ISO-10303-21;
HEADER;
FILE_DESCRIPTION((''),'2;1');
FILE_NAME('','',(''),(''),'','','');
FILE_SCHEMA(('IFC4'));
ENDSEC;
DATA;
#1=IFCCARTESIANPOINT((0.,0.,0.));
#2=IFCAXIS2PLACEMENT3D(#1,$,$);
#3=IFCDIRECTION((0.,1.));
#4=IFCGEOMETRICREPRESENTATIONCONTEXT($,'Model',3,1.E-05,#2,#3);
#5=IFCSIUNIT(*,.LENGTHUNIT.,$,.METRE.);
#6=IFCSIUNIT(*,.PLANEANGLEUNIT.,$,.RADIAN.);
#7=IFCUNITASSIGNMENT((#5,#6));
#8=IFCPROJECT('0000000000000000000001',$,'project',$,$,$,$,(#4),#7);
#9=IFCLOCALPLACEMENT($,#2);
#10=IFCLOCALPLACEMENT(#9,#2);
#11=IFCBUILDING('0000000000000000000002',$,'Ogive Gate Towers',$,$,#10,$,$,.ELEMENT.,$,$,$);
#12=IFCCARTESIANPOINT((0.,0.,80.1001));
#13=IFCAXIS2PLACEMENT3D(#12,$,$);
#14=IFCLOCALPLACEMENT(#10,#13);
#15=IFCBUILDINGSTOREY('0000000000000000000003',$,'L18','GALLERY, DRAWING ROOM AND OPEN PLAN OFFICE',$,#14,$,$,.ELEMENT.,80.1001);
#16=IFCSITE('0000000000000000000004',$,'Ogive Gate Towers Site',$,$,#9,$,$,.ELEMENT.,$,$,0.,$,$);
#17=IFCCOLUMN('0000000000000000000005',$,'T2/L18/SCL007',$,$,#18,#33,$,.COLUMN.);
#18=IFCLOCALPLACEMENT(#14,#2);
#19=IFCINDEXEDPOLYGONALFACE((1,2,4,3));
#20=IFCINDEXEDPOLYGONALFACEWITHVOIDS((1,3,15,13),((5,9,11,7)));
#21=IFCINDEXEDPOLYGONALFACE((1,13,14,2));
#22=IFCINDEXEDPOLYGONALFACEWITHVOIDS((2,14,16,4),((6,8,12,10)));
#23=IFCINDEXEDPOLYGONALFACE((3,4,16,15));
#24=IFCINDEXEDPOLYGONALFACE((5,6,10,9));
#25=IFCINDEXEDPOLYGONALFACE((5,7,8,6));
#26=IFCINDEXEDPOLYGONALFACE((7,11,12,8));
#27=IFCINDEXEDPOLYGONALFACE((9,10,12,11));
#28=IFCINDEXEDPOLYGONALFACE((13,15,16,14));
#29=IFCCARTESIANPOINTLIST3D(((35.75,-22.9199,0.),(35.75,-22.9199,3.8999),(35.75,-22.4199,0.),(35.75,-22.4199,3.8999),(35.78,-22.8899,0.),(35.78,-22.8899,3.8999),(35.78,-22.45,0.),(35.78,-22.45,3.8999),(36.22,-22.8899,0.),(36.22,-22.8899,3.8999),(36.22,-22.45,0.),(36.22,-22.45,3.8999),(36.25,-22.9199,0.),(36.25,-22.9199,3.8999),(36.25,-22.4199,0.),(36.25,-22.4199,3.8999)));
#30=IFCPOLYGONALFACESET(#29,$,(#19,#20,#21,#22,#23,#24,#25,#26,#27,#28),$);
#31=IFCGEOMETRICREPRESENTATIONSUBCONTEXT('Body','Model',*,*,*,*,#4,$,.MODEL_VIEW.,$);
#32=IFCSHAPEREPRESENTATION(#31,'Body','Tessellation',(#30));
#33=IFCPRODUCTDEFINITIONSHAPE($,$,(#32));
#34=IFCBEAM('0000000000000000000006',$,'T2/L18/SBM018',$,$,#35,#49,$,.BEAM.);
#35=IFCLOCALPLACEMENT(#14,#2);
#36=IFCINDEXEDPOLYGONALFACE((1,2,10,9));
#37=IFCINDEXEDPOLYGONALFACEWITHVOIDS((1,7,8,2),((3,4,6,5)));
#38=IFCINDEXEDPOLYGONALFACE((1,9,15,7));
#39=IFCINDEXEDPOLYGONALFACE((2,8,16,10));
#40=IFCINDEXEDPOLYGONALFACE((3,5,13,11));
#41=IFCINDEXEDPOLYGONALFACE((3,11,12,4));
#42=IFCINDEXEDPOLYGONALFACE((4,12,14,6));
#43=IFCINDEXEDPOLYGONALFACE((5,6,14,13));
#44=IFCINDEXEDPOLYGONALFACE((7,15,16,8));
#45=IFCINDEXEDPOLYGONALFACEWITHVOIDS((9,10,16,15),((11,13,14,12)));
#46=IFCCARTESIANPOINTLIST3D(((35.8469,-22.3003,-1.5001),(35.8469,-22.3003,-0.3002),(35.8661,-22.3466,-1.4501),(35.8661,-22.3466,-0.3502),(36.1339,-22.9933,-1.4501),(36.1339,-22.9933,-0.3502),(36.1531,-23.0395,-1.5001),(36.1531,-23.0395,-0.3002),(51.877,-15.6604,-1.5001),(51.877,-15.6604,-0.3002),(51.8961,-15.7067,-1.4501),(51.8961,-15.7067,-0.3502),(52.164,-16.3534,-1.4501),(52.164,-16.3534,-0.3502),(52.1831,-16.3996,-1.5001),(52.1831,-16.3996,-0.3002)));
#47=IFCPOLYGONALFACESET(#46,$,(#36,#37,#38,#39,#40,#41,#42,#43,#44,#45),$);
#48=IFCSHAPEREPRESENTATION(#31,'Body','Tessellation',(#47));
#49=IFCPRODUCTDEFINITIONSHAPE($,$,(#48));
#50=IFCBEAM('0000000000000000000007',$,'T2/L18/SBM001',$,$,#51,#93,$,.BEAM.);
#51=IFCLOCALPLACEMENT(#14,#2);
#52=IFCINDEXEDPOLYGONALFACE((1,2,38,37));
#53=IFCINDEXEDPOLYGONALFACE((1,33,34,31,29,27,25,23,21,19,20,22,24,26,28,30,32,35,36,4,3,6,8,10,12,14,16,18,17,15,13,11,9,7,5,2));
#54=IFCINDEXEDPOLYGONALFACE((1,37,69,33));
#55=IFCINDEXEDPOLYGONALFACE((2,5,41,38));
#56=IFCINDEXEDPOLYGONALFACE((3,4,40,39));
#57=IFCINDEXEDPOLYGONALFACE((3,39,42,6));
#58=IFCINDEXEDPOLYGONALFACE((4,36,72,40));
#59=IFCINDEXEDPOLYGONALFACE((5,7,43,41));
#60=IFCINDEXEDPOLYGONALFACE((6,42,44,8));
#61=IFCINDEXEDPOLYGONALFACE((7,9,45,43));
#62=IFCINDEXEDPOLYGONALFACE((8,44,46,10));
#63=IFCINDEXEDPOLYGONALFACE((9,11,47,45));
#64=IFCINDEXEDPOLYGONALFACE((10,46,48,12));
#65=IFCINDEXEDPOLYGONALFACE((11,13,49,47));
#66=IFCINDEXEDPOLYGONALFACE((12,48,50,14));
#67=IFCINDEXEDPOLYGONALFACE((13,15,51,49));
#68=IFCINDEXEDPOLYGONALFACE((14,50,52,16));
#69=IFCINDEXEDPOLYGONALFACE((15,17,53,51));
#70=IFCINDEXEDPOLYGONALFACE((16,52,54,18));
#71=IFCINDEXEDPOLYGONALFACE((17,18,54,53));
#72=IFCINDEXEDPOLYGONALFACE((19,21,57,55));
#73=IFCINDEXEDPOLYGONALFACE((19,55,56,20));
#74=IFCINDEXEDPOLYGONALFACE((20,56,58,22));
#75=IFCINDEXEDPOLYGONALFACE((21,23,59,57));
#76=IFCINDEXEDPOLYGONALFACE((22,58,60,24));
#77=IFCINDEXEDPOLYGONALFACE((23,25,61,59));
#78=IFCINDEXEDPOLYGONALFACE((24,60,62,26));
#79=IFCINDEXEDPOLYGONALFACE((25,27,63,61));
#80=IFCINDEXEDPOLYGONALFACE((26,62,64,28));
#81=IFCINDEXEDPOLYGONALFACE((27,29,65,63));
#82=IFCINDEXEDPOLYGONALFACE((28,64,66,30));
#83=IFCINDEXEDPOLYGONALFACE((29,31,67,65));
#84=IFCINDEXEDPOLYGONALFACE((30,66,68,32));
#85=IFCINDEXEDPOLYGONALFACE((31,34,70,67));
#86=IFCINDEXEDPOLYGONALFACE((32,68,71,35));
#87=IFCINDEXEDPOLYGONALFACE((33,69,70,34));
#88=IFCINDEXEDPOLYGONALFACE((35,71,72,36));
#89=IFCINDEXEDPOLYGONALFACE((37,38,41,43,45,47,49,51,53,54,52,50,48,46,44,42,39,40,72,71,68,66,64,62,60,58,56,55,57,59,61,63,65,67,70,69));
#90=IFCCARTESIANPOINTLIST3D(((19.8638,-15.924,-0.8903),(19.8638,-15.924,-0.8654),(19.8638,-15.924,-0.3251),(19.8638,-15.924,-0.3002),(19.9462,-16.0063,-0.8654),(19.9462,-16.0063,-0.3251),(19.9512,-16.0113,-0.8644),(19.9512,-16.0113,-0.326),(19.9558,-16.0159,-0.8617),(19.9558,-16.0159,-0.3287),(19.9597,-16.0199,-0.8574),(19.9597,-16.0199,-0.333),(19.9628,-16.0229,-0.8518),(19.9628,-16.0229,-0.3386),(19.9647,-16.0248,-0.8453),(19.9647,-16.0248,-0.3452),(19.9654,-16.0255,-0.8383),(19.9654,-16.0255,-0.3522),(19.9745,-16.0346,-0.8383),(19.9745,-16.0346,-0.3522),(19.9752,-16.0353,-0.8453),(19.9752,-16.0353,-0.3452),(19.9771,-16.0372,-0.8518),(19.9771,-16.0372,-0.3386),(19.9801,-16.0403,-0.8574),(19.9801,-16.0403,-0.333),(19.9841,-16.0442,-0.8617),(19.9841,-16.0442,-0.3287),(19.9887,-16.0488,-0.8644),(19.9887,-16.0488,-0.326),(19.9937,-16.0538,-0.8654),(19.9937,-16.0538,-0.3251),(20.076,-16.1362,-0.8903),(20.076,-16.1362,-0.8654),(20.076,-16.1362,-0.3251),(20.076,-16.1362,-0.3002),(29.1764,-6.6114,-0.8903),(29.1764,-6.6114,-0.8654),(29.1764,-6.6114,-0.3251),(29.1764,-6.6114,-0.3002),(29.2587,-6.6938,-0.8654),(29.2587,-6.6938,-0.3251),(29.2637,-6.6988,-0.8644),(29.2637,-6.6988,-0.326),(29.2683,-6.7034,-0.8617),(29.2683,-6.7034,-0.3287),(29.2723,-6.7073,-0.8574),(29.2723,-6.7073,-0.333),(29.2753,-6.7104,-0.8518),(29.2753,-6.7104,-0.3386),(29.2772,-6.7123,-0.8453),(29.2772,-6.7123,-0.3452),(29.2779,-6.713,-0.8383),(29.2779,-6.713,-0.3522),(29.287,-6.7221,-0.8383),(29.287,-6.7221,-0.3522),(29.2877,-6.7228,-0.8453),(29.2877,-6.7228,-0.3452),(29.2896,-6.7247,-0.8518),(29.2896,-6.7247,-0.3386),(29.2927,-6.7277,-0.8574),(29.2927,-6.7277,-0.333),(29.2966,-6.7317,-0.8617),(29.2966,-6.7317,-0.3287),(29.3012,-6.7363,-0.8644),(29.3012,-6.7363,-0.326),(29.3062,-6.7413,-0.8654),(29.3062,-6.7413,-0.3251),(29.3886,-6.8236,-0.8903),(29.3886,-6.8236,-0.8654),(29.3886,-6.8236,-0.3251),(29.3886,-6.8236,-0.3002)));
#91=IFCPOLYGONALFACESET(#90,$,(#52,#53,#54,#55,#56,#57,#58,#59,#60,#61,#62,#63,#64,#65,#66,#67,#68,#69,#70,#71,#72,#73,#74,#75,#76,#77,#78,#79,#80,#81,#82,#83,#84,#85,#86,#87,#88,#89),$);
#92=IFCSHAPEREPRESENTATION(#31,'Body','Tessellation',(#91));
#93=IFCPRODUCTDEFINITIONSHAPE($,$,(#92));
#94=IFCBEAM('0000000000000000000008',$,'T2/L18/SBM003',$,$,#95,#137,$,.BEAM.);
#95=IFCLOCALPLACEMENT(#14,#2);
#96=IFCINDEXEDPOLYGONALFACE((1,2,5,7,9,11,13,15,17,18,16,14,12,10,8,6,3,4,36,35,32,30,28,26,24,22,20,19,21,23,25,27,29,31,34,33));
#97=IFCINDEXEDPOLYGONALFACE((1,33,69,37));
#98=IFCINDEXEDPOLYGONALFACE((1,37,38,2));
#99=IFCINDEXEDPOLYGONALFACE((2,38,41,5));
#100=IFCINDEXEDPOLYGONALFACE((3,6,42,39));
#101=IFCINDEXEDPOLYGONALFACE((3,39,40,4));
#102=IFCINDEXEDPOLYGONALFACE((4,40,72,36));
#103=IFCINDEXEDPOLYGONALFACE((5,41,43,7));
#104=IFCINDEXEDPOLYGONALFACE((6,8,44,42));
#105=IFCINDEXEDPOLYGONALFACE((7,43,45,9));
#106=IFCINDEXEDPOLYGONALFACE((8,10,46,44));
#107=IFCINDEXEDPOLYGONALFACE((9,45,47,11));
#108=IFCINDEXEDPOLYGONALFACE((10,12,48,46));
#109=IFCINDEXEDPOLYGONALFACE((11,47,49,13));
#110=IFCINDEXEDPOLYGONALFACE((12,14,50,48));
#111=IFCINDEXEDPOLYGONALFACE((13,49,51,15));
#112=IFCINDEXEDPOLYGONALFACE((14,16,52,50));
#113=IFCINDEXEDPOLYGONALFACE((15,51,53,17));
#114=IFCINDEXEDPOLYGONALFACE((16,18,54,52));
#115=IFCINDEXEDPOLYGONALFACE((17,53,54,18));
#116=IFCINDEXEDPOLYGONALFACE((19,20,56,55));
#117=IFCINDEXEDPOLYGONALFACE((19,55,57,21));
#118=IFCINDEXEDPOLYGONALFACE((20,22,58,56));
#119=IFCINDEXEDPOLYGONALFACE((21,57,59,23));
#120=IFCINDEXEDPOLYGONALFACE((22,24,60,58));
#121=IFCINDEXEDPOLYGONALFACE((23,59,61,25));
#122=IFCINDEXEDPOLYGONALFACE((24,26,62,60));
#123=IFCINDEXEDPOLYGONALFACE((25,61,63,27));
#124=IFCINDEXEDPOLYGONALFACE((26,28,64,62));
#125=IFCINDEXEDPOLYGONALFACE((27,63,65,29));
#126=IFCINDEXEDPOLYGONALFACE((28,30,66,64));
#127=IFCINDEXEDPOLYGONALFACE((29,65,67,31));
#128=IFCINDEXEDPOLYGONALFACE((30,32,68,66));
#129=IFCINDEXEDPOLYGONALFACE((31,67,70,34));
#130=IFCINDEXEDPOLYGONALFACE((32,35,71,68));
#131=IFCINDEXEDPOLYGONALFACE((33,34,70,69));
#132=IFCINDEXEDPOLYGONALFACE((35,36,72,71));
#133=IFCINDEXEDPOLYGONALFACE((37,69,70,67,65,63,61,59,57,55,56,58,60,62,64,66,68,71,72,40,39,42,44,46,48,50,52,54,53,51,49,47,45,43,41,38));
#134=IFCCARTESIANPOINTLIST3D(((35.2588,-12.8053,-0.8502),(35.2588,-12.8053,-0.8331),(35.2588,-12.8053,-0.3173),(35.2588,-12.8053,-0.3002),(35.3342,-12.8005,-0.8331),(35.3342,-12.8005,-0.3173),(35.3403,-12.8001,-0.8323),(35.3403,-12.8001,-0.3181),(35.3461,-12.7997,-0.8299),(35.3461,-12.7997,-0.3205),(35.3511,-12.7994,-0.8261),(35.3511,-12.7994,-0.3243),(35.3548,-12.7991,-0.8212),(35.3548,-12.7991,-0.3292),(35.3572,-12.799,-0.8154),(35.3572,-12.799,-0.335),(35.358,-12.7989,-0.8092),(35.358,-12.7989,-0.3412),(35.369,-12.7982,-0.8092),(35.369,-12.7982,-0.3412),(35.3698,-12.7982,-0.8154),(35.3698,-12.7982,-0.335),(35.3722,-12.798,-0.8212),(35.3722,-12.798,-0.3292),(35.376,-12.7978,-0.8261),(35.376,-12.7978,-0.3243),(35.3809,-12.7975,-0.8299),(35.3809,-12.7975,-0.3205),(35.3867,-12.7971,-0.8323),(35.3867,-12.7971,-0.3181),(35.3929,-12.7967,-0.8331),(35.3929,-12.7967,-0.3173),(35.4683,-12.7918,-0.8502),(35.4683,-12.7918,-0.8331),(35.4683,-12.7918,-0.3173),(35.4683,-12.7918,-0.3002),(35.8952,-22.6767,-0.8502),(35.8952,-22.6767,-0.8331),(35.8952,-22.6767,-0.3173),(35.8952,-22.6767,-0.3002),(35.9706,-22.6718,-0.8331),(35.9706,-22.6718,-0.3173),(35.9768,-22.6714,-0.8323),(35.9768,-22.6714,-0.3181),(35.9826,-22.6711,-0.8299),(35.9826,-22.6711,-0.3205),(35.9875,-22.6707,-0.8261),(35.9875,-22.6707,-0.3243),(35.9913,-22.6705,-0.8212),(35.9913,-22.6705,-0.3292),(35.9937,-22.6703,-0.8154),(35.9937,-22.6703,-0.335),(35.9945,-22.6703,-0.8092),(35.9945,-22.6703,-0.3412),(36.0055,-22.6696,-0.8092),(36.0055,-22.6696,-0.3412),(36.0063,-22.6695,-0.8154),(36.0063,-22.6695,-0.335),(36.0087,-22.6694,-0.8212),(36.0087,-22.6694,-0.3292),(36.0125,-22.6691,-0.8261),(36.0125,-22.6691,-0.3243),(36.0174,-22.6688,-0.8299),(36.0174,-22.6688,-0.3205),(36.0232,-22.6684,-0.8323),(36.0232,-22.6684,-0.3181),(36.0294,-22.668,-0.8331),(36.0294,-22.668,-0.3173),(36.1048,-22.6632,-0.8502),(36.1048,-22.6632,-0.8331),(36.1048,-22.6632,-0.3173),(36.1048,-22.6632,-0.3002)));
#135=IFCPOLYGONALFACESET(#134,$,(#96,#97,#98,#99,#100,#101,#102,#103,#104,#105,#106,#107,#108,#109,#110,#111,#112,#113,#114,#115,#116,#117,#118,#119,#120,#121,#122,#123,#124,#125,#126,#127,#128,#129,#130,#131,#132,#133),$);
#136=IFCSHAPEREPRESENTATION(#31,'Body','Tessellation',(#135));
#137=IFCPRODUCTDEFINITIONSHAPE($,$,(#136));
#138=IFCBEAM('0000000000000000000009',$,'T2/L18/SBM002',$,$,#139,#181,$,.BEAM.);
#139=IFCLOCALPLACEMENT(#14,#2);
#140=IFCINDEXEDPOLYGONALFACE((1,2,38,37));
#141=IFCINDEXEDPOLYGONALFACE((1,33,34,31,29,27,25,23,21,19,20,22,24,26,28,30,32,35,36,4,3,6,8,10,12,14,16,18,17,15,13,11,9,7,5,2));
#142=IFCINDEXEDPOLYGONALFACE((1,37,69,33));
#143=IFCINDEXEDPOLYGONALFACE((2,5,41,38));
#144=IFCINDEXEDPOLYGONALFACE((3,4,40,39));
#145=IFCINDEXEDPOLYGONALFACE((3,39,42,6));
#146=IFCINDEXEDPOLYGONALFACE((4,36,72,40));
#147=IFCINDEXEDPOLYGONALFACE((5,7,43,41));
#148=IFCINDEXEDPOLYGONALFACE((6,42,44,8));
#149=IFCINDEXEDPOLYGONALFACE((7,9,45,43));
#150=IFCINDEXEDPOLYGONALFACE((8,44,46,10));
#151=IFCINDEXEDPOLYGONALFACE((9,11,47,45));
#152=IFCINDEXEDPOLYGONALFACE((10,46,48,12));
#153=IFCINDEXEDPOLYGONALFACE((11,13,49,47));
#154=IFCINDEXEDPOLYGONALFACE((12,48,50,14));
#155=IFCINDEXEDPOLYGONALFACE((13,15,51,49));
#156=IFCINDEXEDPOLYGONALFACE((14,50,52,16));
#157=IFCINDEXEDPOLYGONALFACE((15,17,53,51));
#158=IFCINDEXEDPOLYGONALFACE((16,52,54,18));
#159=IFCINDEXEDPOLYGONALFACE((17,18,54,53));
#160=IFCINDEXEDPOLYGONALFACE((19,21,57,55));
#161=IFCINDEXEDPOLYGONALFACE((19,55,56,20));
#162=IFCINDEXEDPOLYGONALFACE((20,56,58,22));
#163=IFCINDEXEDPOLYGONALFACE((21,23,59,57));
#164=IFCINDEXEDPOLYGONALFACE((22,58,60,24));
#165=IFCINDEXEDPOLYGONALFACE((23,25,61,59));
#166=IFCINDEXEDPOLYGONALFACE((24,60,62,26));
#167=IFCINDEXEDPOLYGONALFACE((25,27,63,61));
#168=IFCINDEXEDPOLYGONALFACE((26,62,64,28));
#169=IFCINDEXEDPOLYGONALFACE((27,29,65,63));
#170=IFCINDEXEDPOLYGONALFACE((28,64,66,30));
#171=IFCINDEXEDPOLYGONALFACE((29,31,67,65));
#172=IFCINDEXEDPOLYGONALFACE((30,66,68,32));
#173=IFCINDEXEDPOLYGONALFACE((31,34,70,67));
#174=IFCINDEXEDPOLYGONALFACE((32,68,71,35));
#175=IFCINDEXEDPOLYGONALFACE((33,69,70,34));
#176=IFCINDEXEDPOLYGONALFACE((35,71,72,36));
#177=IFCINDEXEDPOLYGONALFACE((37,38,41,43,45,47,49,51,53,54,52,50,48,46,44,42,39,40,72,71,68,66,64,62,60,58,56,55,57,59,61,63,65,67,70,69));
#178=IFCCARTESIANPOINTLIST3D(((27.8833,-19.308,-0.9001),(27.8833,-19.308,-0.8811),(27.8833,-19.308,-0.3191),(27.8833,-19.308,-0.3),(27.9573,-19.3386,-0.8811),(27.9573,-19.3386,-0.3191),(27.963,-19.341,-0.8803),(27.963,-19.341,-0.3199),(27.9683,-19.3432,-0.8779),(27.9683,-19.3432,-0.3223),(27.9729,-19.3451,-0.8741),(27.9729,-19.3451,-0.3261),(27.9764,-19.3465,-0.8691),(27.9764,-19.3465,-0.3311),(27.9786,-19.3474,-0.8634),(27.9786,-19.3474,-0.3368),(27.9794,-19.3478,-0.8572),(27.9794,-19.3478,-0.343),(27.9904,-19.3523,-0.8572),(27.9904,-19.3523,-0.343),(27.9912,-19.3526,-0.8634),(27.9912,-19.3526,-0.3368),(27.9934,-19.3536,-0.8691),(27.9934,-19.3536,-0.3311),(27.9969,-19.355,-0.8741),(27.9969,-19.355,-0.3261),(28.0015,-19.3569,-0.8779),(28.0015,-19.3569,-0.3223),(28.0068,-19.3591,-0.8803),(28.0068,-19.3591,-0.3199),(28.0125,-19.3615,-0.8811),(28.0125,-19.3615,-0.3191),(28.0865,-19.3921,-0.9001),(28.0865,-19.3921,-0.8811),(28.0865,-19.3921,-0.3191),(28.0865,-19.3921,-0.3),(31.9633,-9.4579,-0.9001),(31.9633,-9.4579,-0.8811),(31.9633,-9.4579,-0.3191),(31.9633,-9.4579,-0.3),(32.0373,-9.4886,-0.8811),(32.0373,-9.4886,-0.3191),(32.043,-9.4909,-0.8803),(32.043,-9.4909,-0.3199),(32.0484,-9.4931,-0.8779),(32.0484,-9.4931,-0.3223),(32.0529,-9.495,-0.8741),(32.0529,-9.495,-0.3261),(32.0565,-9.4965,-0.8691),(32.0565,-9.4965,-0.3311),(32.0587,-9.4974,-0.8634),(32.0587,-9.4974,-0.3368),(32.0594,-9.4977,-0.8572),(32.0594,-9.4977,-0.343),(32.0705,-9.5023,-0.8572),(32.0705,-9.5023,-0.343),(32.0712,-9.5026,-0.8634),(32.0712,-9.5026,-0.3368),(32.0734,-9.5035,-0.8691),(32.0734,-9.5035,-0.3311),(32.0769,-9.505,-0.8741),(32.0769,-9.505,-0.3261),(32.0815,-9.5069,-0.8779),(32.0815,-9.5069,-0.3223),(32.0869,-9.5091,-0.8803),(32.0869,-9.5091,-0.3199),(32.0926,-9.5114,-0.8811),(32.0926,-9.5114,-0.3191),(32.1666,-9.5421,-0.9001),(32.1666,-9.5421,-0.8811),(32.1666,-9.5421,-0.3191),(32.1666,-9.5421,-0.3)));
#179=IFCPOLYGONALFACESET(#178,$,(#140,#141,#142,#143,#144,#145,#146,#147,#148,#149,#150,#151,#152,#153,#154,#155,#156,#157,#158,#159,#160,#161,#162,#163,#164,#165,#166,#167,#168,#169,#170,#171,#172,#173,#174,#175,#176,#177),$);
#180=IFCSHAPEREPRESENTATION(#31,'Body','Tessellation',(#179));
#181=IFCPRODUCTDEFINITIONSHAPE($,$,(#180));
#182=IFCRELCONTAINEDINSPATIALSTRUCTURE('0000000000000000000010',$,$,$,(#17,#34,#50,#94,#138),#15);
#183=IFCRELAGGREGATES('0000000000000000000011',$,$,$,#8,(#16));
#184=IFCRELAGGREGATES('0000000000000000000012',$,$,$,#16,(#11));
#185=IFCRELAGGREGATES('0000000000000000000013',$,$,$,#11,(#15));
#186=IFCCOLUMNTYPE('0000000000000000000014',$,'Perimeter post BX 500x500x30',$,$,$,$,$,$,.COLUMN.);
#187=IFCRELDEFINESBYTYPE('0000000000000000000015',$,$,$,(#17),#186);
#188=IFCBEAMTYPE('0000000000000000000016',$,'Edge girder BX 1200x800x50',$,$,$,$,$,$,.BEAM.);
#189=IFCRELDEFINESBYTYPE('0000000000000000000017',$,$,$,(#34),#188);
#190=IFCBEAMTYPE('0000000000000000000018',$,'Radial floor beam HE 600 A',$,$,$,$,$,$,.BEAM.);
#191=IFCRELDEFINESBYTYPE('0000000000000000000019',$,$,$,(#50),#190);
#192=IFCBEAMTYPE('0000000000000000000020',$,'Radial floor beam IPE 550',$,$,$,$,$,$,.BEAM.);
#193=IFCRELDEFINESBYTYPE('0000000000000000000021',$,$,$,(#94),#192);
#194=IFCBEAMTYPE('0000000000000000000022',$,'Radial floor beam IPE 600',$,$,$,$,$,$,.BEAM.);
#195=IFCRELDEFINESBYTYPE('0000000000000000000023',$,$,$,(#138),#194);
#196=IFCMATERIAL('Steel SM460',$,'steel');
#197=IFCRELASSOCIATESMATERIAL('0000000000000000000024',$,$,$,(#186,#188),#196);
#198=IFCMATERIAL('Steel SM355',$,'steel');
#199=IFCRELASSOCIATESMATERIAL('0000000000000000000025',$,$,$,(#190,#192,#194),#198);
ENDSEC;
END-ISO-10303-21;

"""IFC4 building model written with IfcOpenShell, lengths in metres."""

from ifc_helpers import new_model, si_unit, direction, frame, origin, origin_2d, place, context, subcontext, project, spatial, hollow_rectangle, i_section, extrude, material, material_profile, profile_set, type_object, element, save


model = new_model("IFC4")

# Units and contexts
model_context = context("Model", 3, precision=1e-05, world=origin(), true_north=direction((0.0, 1.0)))
body_context = subcontext(model_context, "Body", "Model", "MODEL_VIEW")
ifc_project = project(units=[si_unit("LENGTHUNIT", "METRE"), si_unit("PLANEANGLEUNIT", "RADIAN")], contexts=[model_context])

# Site, building, storey
site_placement = place(None, origin())
site = spatial("IfcSite", under=ifc_project, at=site_placement, Name="Ogive Gate Towers Site", CompositionType="ELEMENT", RefElevation=0.0)
building_placement = place(site_placement, origin())
building = spatial("IfcBuilding", under=site, at=building_placement, Name="Ogive Gate Towers", CompositionType="ELEMENT")
storey_placement = place(building_placement, frame((0.0, 0.0, 80.1001)))
storey = spatial("IfcBuildingStorey", under=building, at=storey_placement, Name="L18", Description="GALLERY, DRAWING ROOM AND OPEN PLAN OFFICE", CompositionType="ELEMENT", Elevation=80.1001)

# Column
ifc_material_1 = material(Name="Steel SM460", Category="steel")
ifc_material_profile_1 = material_profile(ifc_material_1, hollow_rectangle(XDim=0.5, YDim=0.5, WallThickness=0.03, at=origin_2d()), Name="BX 500x500x30")
ifc_profile_set_1 = profile_set([ifc_material_profile_1], Name="Steel SM460")
column_type = type_object("IfcColumnType", Name="Perimeter post BX 500x500x30", PredefinedType="COLUMN", material=ifc_profile_set_1)
column_placement = place(storey_placement, frame((36.0, -22.6699, 0.0), z_axis=(0.0, 0.0, 1.0), x_axis=(1.0, 0.0, 0.0)))
element("IfcColumn", 1, at=column_placement, inside=storey, type_object=column_type, Name="T2/L18/SCL007", PredefinedType="COLUMN", context=body_context, shape_type="SweptSolid", body=[
    extrude(hollow_rectangle(XDim=0.5, YDim=0.5, WallThickness=0.03, at=origin_2d()), origin(), (0.0, 0.0, 1.0), 3.8999),
])

# Beams
ifc_material_profile_2 = material_profile(ifc_material_1, hollow_rectangle(XDim=0.8, YDim=1.2, WallThickness=0.05, at=origin_2d()), Name="BX 1200x800x50")
ifc_profile_set_2 = profile_set([ifc_material_profile_2], Name="Steel SM460")
beam_type_1 = type_object("IfcBeamType", Name="Edge girder BX 1200x800x50", PredefinedType="BEAM", material=ifc_profile_set_2)
beam_1_placement = place(storey_placement, frame((36.0, -22.6699, -0.9001), z_axis=(0.923879, 0.382685, 0.0), x_axis=(-0.382685, 0.923879, 0.0)))
element("IfcBeam", 2, at=beam_1_placement, inside=storey, type_object=beam_type_1, Name="T2/L18/SBM018", PredefinedType="BEAM", context=body_context, shape_type="SweptSolid", body=[
    extrude(hollow_rectangle(XDim=0.8, YDim=1.2, WallThickness=0.05, at=origin_2d()), origin(), (0.0, 0.0, 1.0), 17.3508),
])
ifc_material_2 = material(Name="Steel SM355", Category="steel")
ifc_material_profile_3 = material_profile(ifc_material_2, i_section(OverallWidth=0.3, OverallDepth=0.5901, WebThickness=0.0129, FlangeThickness=0.0249, FilletRadius=0.0271, at=origin_2d()), Name="HE 600 A")
ifc_profile_set_3 = profile_set([ifc_material_profile_3], Name="Steel SM355")
beam_type_2 = type_object("IfcBeamType", Name="Radial floor beam HE 600 A", PredefinedType="BEAM", material=ifc_profile_set_3)
beam_2_placement = place(storey_placement, frame((29.2825, -6.7175, -0.5952), z_axis=(-0.707107, -0.707107, 0.0), x_axis=(0.707107, -0.707107, 0.0)))
element("IfcBeam", 3, at=beam_2_placement, inside=storey, type_object=beam_type_2, Name="T2/L18/SBM001", PredefinedType="BEAM", context=body_context, shape_type="SweptSolid", body=[
    extrude(i_section(OverallWidth=0.3, OverallDepth=0.5901, WebThickness=0.0129, FlangeThickness=0.0249, FilletRadius=0.0271, at=origin_2d()), origin(), (0.0, 0.0, 1.0), 13.1699),
])
ifc_material_profile_4 = material_profile(ifc_material_2, i_section(OverallWidth=0.21, OverallDepth=0.55, WebThickness=0.011, FlangeThickness=0.0171, FilletRadius=0.0239, at=origin_2d()), Name="IPE 550")
ifc_profile_set_4 = profile_set([ifc_material_profile_4], Name="Steel SM355")
beam_type_3 = type_object("IfcBeamType", Name="Radial floor beam IPE 550", PredefinedType="BEAM", material=ifc_profile_set_4)
beam_3_placement = place(storey_placement, frame((35.3635, -12.7986, -0.5752), z_axis=(0.064343, -0.997928, 0.0), x_axis=(0.997928, 0.064343, 0.0)))
element("IfcBeam", 4, at=beam_3_placement, inside=storey, type_object=beam_type_3, Name="T2/L18/SBM003", PredefinedType="BEAM", context=body_context, shape_type="SweptSolid", body=[
    extrude(i_section(OverallWidth=0.21, OverallDepth=0.55, WebThickness=0.011, FlangeThickness=0.0171, FilletRadius=0.0239, at=origin_2d()), origin(), (0.0, 0.0, 1.0), 9.8918),
])
ifc_material_profile_5 = material_profile(ifc_material_2, i_section(OverallWidth=0.22, OverallDepth=0.6001, WebThickness=0.012, FlangeThickness=0.019, FilletRadius=0.0239, at=origin_2d()), Name="IPE 600")
ifc_profile_set_5 = profile_set([ifc_material_profile_5], Name="Steel SM355")
beam_type_4 = type_object("IfcBeamType", Name="Radial floor beam IPE 600", PredefinedType="BEAM", material=ifc_profile_set_5)
beam_4_placement = place(storey_placement, frame((32.0649, -9.5, -0.6001), z_axis=(-0.382686, -0.923878, 0.0), x_axis=(0.923878, -0.382686, 0.0)))
element("IfcBeam", 5, at=beam_4_placement, inside=storey, type_object=beam_type_4, Name="T2/L18/SBM002", PredefinedType="BEAM", context=body_context, shape_type="SweptSolid", body=[
    extrude(i_section(OverallWidth=0.22, OverallDepth=0.6001, WebThickness=0.012, FlangeThickness=0.019, FilletRadius=0.0239, at=origin_2d()), origin(), (0.0, 0.0, 1.0), 10.6616),
])

save(model, "model.ifc")
